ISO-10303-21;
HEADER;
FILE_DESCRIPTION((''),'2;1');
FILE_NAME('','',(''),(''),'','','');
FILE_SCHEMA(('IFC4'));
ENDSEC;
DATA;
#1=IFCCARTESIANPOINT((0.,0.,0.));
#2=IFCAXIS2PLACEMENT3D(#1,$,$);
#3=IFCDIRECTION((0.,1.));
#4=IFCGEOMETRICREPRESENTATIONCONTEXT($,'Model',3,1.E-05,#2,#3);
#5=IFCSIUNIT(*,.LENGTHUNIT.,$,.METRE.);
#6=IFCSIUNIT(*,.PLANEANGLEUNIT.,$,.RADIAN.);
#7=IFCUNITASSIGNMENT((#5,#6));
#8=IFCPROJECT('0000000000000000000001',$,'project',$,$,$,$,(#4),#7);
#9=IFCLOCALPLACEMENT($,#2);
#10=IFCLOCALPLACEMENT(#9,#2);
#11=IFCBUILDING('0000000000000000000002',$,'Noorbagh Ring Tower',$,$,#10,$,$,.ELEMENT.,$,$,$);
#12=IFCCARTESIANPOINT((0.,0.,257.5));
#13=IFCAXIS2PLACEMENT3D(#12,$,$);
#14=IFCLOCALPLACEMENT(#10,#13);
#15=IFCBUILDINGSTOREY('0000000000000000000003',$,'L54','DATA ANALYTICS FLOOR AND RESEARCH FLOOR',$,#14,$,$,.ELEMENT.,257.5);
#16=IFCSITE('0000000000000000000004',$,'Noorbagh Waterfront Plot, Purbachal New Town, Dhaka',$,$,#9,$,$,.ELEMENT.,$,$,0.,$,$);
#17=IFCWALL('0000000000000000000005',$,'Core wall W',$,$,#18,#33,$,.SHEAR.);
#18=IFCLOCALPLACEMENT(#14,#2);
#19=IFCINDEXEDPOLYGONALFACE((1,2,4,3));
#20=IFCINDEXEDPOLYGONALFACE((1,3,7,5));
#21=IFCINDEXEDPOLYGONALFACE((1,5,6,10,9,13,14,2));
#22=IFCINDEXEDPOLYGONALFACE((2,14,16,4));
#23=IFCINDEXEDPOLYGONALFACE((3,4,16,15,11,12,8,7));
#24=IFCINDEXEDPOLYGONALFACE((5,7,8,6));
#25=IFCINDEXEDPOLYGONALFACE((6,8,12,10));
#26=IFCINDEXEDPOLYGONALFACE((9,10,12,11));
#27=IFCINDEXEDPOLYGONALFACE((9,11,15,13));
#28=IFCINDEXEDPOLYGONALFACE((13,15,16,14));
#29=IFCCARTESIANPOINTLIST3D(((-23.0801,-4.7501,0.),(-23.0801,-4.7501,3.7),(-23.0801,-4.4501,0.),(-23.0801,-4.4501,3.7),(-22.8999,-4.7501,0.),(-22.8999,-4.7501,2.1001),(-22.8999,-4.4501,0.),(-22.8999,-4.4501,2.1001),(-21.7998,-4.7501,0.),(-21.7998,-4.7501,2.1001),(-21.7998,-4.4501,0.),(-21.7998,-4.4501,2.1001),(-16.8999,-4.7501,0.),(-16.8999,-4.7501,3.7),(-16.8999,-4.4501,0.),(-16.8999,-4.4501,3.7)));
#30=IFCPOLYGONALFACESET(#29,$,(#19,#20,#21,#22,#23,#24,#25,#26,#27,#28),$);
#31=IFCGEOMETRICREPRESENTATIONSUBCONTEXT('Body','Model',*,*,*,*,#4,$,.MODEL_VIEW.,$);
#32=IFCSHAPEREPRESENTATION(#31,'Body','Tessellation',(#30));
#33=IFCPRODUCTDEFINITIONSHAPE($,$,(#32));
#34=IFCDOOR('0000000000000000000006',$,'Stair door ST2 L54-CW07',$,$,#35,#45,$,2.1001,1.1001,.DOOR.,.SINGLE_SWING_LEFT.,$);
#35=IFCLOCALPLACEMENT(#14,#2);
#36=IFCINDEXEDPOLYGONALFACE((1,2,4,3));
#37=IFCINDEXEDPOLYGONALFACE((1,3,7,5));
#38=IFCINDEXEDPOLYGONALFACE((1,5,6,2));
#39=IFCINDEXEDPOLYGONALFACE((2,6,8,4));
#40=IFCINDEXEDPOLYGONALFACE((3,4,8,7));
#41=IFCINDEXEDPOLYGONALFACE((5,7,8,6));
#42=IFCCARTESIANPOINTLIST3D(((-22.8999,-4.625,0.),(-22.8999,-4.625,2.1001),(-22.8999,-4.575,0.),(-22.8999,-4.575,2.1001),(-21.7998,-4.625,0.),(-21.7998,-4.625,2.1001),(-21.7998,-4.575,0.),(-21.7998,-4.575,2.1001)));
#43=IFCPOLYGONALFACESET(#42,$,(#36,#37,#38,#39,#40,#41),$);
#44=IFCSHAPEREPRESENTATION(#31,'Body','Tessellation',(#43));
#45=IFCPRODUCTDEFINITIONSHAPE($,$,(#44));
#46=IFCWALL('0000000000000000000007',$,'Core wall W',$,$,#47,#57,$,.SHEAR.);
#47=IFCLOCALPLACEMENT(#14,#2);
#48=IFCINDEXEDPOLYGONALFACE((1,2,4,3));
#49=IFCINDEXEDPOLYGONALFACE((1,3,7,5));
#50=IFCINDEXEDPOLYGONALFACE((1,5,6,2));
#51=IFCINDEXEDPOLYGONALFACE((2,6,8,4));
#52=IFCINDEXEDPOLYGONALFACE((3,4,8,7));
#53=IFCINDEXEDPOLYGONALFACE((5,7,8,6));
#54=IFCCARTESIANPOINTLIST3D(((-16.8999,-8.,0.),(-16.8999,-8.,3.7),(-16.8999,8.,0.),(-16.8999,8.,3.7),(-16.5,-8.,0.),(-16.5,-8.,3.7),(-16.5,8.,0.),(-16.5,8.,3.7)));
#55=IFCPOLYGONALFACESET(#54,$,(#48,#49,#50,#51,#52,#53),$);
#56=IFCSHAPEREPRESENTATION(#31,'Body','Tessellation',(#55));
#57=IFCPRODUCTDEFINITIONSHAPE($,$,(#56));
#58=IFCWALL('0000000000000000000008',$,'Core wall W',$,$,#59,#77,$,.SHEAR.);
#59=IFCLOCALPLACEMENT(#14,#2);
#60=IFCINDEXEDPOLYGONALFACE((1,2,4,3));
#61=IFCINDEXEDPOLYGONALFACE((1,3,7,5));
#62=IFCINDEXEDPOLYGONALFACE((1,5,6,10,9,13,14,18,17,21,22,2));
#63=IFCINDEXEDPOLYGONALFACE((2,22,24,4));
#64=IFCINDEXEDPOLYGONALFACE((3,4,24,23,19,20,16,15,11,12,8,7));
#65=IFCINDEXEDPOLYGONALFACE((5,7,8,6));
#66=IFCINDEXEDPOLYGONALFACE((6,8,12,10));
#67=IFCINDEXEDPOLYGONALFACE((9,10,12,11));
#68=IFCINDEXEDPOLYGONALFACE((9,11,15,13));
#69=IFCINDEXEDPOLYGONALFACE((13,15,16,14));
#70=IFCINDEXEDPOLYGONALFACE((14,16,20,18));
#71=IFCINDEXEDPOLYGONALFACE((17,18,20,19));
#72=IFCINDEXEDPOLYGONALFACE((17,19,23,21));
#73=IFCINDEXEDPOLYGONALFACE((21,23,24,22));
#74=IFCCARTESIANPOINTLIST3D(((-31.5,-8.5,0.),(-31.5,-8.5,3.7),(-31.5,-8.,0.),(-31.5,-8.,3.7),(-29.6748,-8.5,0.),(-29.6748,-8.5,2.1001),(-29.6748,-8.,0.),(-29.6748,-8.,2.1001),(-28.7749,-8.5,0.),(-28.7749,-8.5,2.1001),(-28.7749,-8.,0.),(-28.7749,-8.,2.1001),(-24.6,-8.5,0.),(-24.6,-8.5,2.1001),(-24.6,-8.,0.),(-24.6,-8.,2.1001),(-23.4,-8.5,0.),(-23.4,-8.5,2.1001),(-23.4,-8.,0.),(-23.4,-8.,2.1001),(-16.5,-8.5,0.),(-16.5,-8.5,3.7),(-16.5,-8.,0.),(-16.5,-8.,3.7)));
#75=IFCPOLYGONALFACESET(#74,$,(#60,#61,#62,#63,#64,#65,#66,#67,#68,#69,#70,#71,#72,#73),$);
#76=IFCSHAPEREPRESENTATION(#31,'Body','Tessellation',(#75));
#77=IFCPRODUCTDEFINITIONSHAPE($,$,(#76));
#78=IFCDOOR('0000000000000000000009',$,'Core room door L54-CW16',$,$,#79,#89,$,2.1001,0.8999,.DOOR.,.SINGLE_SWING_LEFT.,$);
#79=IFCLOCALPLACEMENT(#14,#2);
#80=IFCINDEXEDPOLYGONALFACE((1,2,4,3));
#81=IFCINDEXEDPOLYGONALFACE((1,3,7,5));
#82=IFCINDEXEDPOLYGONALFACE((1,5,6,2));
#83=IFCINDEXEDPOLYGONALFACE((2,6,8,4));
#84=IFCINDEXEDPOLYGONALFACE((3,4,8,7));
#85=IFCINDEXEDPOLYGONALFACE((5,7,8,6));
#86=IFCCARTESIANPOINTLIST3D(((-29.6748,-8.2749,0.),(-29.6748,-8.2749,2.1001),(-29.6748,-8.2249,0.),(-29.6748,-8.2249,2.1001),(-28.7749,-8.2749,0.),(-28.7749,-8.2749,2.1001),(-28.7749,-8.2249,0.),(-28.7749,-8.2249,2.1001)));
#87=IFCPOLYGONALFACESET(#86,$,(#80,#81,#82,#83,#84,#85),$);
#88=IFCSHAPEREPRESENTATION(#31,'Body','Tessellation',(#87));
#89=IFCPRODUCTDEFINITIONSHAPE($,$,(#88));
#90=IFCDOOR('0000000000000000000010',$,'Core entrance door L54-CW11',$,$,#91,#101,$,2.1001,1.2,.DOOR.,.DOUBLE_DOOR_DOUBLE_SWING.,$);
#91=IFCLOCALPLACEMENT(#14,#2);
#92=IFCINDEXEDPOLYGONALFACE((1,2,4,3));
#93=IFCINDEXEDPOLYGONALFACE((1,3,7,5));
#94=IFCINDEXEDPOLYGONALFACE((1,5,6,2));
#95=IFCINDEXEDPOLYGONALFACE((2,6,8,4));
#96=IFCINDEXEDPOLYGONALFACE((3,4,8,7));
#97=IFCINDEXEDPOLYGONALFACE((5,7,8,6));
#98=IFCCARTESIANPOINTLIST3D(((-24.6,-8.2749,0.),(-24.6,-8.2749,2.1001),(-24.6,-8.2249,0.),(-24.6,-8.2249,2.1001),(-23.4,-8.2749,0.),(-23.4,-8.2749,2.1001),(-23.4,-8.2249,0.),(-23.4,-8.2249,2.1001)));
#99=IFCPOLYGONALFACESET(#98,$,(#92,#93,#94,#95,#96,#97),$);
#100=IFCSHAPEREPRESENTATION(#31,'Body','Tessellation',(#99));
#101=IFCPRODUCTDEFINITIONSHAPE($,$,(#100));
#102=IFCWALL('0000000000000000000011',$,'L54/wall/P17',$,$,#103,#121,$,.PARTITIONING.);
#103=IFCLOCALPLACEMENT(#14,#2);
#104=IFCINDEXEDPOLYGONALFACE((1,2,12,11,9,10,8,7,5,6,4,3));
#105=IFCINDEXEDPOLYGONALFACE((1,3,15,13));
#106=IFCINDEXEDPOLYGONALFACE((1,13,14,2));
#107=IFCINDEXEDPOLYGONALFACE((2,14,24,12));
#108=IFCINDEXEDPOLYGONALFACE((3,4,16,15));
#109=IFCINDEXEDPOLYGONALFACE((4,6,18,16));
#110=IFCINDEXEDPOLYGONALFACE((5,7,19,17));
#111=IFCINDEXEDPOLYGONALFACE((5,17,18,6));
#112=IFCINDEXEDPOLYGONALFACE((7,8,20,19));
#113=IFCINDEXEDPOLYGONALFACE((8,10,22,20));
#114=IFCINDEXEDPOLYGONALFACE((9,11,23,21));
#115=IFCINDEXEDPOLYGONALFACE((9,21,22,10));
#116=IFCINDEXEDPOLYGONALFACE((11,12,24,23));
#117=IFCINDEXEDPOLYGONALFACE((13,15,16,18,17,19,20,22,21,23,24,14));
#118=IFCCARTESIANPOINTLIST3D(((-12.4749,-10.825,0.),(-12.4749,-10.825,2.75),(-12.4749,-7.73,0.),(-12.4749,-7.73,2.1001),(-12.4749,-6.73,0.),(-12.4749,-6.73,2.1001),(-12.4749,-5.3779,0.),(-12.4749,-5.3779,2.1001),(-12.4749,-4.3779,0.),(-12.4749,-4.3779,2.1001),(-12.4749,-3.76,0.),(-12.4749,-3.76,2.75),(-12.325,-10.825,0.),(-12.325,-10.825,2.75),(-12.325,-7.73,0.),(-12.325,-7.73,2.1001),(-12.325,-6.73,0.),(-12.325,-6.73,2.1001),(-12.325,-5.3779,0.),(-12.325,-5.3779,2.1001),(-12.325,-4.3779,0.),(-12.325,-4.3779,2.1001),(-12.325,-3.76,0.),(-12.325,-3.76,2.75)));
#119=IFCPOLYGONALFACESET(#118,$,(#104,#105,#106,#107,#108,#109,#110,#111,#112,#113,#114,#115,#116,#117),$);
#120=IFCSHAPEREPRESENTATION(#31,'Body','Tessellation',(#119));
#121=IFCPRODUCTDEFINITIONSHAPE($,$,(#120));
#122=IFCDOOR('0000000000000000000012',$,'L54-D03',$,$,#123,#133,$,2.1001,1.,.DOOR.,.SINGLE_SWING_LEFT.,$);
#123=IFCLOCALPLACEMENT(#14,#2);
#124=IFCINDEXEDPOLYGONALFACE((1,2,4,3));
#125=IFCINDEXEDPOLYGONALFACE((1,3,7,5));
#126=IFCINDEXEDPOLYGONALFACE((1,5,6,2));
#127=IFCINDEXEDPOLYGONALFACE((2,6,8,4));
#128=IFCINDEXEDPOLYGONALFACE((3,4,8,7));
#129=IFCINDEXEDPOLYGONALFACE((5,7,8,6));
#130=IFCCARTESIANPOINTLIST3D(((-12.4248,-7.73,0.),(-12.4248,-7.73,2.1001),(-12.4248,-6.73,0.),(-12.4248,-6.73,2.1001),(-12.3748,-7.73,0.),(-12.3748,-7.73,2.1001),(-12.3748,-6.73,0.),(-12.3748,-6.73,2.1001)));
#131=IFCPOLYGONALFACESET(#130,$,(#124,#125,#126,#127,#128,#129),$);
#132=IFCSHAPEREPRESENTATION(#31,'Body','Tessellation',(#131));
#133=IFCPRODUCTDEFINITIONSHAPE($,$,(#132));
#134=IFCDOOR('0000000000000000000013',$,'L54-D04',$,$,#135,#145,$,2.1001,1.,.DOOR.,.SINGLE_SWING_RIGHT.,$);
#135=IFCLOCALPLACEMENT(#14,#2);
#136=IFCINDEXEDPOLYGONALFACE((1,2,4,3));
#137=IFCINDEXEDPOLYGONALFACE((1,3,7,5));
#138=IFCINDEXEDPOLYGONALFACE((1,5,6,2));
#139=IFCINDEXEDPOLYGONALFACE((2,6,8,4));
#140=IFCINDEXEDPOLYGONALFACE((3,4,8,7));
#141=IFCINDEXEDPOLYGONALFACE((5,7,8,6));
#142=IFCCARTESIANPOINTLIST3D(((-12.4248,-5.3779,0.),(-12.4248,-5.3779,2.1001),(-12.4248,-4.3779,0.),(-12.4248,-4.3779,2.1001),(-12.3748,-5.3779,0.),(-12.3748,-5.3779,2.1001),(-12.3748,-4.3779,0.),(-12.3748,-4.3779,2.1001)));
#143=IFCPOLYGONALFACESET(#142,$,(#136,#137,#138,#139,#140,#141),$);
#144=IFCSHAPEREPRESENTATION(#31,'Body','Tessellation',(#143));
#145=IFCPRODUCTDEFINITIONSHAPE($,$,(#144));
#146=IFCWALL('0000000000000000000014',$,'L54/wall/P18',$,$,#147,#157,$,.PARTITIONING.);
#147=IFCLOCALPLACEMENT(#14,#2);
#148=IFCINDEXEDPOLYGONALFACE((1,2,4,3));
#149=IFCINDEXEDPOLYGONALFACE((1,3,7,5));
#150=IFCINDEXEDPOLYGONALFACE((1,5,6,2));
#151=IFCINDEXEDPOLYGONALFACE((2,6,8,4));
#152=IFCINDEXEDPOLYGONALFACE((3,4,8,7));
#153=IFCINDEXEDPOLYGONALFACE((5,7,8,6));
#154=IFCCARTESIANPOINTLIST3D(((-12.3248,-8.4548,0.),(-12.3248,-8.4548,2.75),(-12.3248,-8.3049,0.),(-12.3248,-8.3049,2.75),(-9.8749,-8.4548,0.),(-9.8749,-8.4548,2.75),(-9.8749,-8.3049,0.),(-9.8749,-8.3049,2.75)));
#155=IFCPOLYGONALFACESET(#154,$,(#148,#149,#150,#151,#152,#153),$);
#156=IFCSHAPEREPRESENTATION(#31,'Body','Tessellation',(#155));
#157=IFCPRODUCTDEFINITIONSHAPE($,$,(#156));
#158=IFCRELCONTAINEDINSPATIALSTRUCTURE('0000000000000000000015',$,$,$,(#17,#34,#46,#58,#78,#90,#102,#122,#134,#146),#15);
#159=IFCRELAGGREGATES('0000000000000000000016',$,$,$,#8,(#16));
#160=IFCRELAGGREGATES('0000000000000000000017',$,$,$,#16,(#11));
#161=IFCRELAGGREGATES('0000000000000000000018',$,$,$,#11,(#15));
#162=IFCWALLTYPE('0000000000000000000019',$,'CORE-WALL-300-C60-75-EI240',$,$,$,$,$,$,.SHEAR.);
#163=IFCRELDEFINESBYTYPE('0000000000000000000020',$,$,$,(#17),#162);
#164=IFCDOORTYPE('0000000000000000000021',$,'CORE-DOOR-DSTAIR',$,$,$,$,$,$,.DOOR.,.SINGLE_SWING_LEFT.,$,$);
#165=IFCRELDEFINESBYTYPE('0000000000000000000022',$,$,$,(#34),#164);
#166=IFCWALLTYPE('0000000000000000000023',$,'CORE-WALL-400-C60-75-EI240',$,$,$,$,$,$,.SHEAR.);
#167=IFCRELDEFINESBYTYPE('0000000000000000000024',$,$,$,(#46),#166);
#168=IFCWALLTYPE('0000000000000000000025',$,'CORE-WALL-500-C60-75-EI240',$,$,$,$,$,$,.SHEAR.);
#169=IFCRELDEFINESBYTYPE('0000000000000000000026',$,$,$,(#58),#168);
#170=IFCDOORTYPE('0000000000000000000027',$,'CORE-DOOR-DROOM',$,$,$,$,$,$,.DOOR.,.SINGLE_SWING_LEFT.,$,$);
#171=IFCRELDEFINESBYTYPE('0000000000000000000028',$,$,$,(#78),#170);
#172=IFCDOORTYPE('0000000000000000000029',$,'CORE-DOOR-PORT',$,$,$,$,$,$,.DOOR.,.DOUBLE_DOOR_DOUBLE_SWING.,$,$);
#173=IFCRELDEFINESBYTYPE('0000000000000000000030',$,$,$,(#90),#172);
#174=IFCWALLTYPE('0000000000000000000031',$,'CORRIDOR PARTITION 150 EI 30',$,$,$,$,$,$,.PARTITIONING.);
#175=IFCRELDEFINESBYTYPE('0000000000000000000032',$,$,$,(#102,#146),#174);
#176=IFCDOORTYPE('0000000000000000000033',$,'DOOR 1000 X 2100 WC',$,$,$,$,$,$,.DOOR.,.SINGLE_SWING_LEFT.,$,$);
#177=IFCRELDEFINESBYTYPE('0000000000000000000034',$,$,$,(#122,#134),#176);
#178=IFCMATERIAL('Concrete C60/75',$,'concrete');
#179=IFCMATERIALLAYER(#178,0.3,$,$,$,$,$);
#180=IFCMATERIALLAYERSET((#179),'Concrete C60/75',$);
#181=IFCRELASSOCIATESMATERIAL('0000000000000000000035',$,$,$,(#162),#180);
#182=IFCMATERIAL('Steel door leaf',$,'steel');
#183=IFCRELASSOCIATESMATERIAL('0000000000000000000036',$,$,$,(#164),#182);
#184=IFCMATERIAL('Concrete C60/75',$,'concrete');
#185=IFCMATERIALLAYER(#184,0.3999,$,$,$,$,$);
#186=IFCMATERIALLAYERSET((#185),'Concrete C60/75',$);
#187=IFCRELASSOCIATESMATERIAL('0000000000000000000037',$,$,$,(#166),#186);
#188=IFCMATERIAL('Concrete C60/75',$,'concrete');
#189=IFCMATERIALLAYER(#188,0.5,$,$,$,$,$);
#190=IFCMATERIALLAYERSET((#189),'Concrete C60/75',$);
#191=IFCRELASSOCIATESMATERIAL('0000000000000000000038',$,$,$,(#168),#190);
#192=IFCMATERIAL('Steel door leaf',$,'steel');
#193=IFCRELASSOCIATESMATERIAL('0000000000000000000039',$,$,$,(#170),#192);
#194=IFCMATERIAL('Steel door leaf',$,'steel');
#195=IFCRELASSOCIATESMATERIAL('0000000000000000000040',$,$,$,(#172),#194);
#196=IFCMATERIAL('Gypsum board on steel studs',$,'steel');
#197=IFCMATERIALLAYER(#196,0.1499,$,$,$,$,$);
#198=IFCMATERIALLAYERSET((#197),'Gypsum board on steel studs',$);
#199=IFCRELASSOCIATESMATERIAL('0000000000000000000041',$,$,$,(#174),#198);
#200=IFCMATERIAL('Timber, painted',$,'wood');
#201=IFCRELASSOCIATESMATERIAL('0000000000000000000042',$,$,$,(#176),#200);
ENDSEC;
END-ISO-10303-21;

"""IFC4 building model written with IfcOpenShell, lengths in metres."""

from ifc_helpers import new_model, si_unit, direction, frame, frame_2d, origin, place, context, subcontext, project, spatial, rectangle, extrude, material, layer, layer_set, type_object, element, fill, save


model = new_model("IFC4")

# Units and contexts
model_context = context("Model", 3, precision=1e-05, world=origin(), true_north=direction((0.0, 1.0)))
body_context = subcontext(model_context, "Body", "Model", "MODEL_VIEW")
ifc_project = project(units=[si_unit("LENGTHUNIT", "METRE"), si_unit("PLANEANGLEUNIT", "RADIAN")], contexts=[model_context])

# Site, building, storey
site_placement = place(None, origin())
site = spatial("IfcSite", under=ifc_project, at=site_placement, Name="Noorbagh Waterfront Plot, Purbachal New Town, Dhaka", CompositionType="ELEMENT", RefElevation=0.0)
building_placement = place(site_placement, origin())
building = spatial("IfcBuilding", under=site, at=building_placement, Name="Noorbagh Ring Tower", CompositionType="ELEMENT")
storey_placement = place(building_placement, frame((0.0, 0.0, 257.5)))
storey = spatial("IfcBuildingStorey", under=building, at=storey_placement, Name="L54", Description="DATA ANALYTICS FLOOR AND RESEARCH FLOOR", CompositionType="ELEMENT", Elevation=257.5)

# Wall, opening, door
ifc_material_1 = material(Name="Concrete C60/75", Category="concrete")
ifc_layer_1 = layer(ifc_material_1, 0.3)
ifc_layer_set_1 = layer_set([ifc_layer_1], Name="Concrete C60/75")
wall_type_1 = type_object("IfcWallType", Name="CORE-WALL-300-C60-75-EI240", PredefinedType="SHEAR", material=ifc_layer_set_1)
wall_1_placement = place(storey_placement, frame((-16.8999, -4.6001, 0.0), z_axis=(0.0, 0.0, 1.0), x_axis=(-1.0, 0.0, 0.0)))
wall_1 = element("IfcWall", 1, at=wall_1_placement, inside=storey, type_object=wall_type_1, Name="Core wall W", PredefinedType="SHEAR", context=body_context, shape_type="SweptSolid", body=[
    extrude(rectangle(XDim=6.1802, YDim=0.3, at=frame_2d((3.0901, 0.0))), origin(), (0.0, 0.0, 1.0), 3.7),
])
opening_1_placement = place(wall_1_placement, frame((4.8999, 0.0, 0.0)))
opening_1 = element("IfcOpeningElement", 2, at=opening_1_placement, cuts=wall_1, PredefinedType="OPENING", context=body_context, shape_type="SweptSolid", body=[
    extrude(rectangle(XDim=1.1001, YDim=2.1001, at=frame_2d((0.55, 1.05))), frame((0.0, 0.1602, 0.0), z_axis=(0.0, -1.0, 0.0), x_axis=(1.0, 0.0, 0.0)), (0.0, 0.0, 1.0), 0.3201),
])
ifc_material_2 = material(Name="Steel door leaf", Category="steel")
door_type_1 = type_object("IfcDoorType", Name="CORE-DOOR-DSTAIR", OperationType="SINGLE_SWING_LEFT", PredefinedType="DOOR", material=ifc_material_2)
door_1_placement = place(opening_1_placement, origin())
door_1 = element("IfcDoor", 3, at=door_1_placement, inside=storey, type_object=door_type_1, Name="Stair door ST2 L54-CW07", OperationType="SINGLE_SWING_LEFT", OverallHeight=2.1001, OverallWidth=1.1001, PredefinedType="DOOR", context=body_context, shape_type="SweptSolid", body=[
    extrude(rectangle(XDim=1.1001, YDim=2.1001, at=frame_2d((0.55, 1.05))), frame((0.0, 0.0249, 0.0), z_axis=(0.0, -1.0, 0.0), x_axis=(1.0, 0.0, 0.0)), (0.0, 0.0, 1.0), 0.05),
])
fill(opening_1, door_1)

# Wall
ifc_material_3 = material(Name="Concrete C60/75", Category="concrete")
ifc_layer_2 = layer(ifc_material_3, 0.3999)
ifc_layer_set_2 = layer_set([ifc_layer_2], Name="Concrete C60/75")
wall_type_2 = type_object("IfcWallType", Name="CORE-WALL-400-C60-75-EI240", PredefinedType="SHEAR", material=ifc_layer_set_2)
wall_2_placement = place(storey_placement, frame((-16.7, -8.0, 0.0), z_axis=(0.0, 0.0, 1.0), x_axis=(0.0, 1.0, 0.0)))
element("IfcWall", 4, at=wall_2_placement, inside=storey, type_object=wall_type_2, Name="Core wall W", PredefinedType="SHEAR", context=body_context, shape_type="SweptSolid", body=[
    extrude(rectangle(XDim=16.0, YDim=0.3999, at=frame_2d((8.0, 0.0))), origin(), (0.0, 0.0, 1.0), 3.7),
])

# Walls, openings, doors
ifc_material_4 = material(Name="Concrete C60/75", Category="concrete")
ifc_layer_3 = layer(ifc_material_4, 0.5)
ifc_layer_set_3 = layer_set([ifc_layer_3], Name="Concrete C60/75")
wall_type_3 = type_object("IfcWallType", Name="CORE-WALL-500-C60-75-EI240", PredefinedType="SHEAR", material=ifc_layer_set_3)
wall_3_placement = place(storey_placement, frame((-16.5, -8.25, 0.0), z_axis=(0.0, 0.0, 1.0), x_axis=(-1.0, 0.0, 0.0)))
wall_3 = element("IfcWall", 5, at=wall_3_placement, inside=storey, type_object=wall_type_3, Name="Core wall W", PredefinedType="SHEAR", context=body_context, shape_type="SweptSolid", body=[
    extrude(rectangle(XDim=15.0, YDim=0.5, at=frame_2d((7.5, 0.0))), origin(), (0.0, 0.0, 1.0), 3.7),
])
opening_2_placement = place(wall_3_placement, frame((6.8999, 0.0, 0.0)))
opening_2 = element("IfcOpeningElement", 6, at=opening_2_placement, cuts=wall_3, PredefinedType="OPENING", context=body_context, shape_type="SweptSolid", body=[
    extrude(rectangle(XDim=1.2, YDim=2.1001, at=frame_2d((0.6001, 1.05))), frame((0.0, 0.26, 0.0), z_axis=(0.0, -1.0, 0.0), x_axis=(1.0, 0.0, 0.0)), (0.0, 0.0, 1.0), 0.52),
])
opening_3_placement = place(wall_3_placement, frame((12.2749, 0.0, 0.0)))
opening_3 = element("IfcOpeningElement", 7, at=opening_3_placement, cuts=wall_3, PredefinedType="OPENING", context=body_context, shape_type="SweptSolid", body=[
    extrude(rectangle(XDim=0.8999, YDim=2.1001, at=frame_2d((0.45, 1.05))), frame((0.0, 0.26, 0.0), z_axis=(0.0, -1.0, 0.0), x_axis=(1.0, 0.0, 0.0)), (0.0, 0.0, 1.0), 0.52),
])
ifc_material_5 = material(Name="Steel door leaf", Category="steel")
door_type_2 = type_object("IfcDoorType", Name="CORE-DOOR-DROOM", OperationType="SINGLE_SWING_LEFT", PredefinedType="DOOR", material=ifc_material_5)
door_2_placement = place(opening_3_placement, origin())
door_2 = element("IfcDoor", 8, at=door_2_placement, inside=storey, type_object=door_type_2, Name="Core room door L54-CW16", OperationType="SINGLE_SWING_LEFT", OverallHeight=2.1001, OverallWidth=0.8999, PredefinedType="DOOR", context=body_context, shape_type="SweptSolid", body=[
    extrude(rectangle(XDim=0.8999, YDim=2.1001, at=frame_2d((0.45, 1.05))), frame((0.0, 0.0249, 0.0), z_axis=(0.0, -1.0, 0.0), x_axis=(1.0, 0.0, 0.0)), (0.0, 0.0, 1.0), 0.05),
])
fill(opening_3, door_2)
ifc_material_6 = material(Name="Steel door leaf", Category="steel")
door_type_3 = type_object("IfcDoorType", Name="CORE-DOOR-PORT", OperationType="DOUBLE_DOOR_DOUBLE_SWING", PredefinedType="DOOR", material=ifc_material_6)
door_3_placement = place(opening_2_placement, origin())
door_3 = element("IfcDoor", 9, at=door_3_placement, inside=storey, type_object=door_type_3, Name="Core entrance door L54-CW11", OperationType="DOUBLE_DOOR_DOUBLE_SWING", OverallHeight=2.1001, OverallWidth=1.2, PredefinedType="DOOR", context=body_context, shape_type="SweptSolid", body=[
    extrude(rectangle(XDim=1.2, YDim=2.1001, at=frame_2d((0.6001, 1.05))), frame((0.0, 0.0249, 0.0), z_axis=(0.0, -1.0, 0.0), x_axis=(1.0, 0.0, 0.0)), (0.0, 0.0, 1.0), 0.05),
])
fill(opening_2, door_3)
ifc_material_7 = material(Name="Gypsum board on steel studs", Category="steel")
ifc_layer_4 = layer(ifc_material_7, 0.1499)
ifc_layer_set_4 = layer_set([ifc_layer_4], Name="Gypsum board on steel studs")
wall_type_4 = type_object("IfcWallType", Name="CORRIDOR PARTITION 150 EI 30", PredefinedType="PARTITIONING", material=ifc_layer_set_4)
wall_4_placement = place(storey_placement, frame((-12.3999, -10.825, 0.0), z_axis=(0.0, 0.0, 1.0), x_axis=(0.0, 1.0, 0.0)))
wall_4 = element("IfcWall", 10, at=wall_4_placement, inside=storey, type_object=wall_type_4, Name="L54/wall/P17", PredefinedType="PARTITIONING", context=body_context, shape_type="SweptSolid", body=[
    extrude(rectangle(XDim=7.0649, YDim=0.1499, at=frame_2d((3.5325, 0.0))), origin(), (0.0, 0.0, 1.0), 2.75),
])
opening_4_placement = place(wall_4_placement, frame((3.095, 0.0, 0.0)))
opening_4 = element("IfcOpeningElement", 11, at=opening_4_placement, cuts=wall_4, PredefinedType="OPENING", context=body_context, shape_type="SweptSolid", body=[
    extrude(rectangle(XDim=1.0, YDim=2.1001, at=frame_2d((0.5, 1.05))), frame((0.0, 0.085, 0.0), z_axis=(0.0, -1.0, 0.0), x_axis=(1.0, 0.0, 0.0)), (0.0, 0.0, 1.0), 0.1699),
])
opening_5_placement = place(wall_4_placement, frame((5.447, 0.0, 0.0)))
opening_5 = element("IfcOpeningElement", 12, at=opening_5_placement, cuts=wall_4, PredefinedType="OPENING", context=body_context, shape_type="SweptSolid", body=[
    extrude(rectangle(XDim=1.0, YDim=2.1001, at=frame_2d((0.5, 1.05))), frame((0.0, 0.085, 0.0), z_axis=(0.0, -1.0, 0.0), x_axis=(1.0, 0.0, 0.0)), (0.0, 0.0, 1.0), 0.1699),
])
ifc_material_8 = material(Name="Timber, painted", Category="wood")
door_type_4 = type_object("IfcDoorType", Name="DOOR 1000 X 2100 WC", OperationType="SINGLE_SWING_LEFT", PredefinedType="DOOR", material=ifc_material_8)
door_4_placement = place(opening_4_placement, origin())
door_4 = element("IfcDoor", 13, at=door_4_placement, inside=storey, type_object=door_type_4, Name="L54-D03", OperationType="SINGLE_SWING_LEFT", OverallHeight=2.1001, OverallWidth=1.0, PredefinedType="DOOR", context=body_context, shape_type="SweptSolid", body=[
    extrude(rectangle(XDim=1.0, YDim=2.1001, at=frame_2d((0.5, 1.05))), frame((0.0, 0.0249, 0.0), z_axis=(0.0, -1.0, 0.0), x_axis=(1.0, 0.0, 0.0)), (0.0, 0.0, 1.0), 0.05),
])
fill(opening_4, door_4)
door_5_placement = place(opening_5_placement, origin())
door_5 = element("IfcDoor", 14, at=door_5_placement, inside=storey, type_object=door_type_4, Name="L54-D04", OperationType="SINGLE_SWING_RIGHT", OverallHeight=2.1001, OverallWidth=1.0, PredefinedType="DOOR", context=body_context, shape_type="SweptSolid", body=[
    extrude(rectangle(XDim=1.0, YDim=2.1001, at=frame_2d((0.5, 1.05))), frame((0.0, 0.0249, 0.0), z_axis=(0.0, -1.0, 0.0), x_axis=(1.0, 0.0, 0.0)), (0.0, 0.0, 1.0), 0.05),
])
fill(opening_5, door_5)

# Wall
wall_5_placement = place(storey_placement, frame((-12.325, -8.3799, 0.0), z_axis=(0.0, 0.0, 1.0), x_axis=(1.0, 0.0, 0.0)))
element("IfcWall", 15, at=wall_5_placement, inside=storey, type_object=wall_type_4, Name="L54/wall/P18", PredefinedType="PARTITIONING", context=body_context, shape_type="SweptSolid", body=[
    extrude(rectangle(XDim=2.45, YDim=0.1499, at=frame_2d((1.2251, 0.0))), origin(), (0.0, 0.0, 1.0), 2.75),
])

save(model, "model.ifc")
